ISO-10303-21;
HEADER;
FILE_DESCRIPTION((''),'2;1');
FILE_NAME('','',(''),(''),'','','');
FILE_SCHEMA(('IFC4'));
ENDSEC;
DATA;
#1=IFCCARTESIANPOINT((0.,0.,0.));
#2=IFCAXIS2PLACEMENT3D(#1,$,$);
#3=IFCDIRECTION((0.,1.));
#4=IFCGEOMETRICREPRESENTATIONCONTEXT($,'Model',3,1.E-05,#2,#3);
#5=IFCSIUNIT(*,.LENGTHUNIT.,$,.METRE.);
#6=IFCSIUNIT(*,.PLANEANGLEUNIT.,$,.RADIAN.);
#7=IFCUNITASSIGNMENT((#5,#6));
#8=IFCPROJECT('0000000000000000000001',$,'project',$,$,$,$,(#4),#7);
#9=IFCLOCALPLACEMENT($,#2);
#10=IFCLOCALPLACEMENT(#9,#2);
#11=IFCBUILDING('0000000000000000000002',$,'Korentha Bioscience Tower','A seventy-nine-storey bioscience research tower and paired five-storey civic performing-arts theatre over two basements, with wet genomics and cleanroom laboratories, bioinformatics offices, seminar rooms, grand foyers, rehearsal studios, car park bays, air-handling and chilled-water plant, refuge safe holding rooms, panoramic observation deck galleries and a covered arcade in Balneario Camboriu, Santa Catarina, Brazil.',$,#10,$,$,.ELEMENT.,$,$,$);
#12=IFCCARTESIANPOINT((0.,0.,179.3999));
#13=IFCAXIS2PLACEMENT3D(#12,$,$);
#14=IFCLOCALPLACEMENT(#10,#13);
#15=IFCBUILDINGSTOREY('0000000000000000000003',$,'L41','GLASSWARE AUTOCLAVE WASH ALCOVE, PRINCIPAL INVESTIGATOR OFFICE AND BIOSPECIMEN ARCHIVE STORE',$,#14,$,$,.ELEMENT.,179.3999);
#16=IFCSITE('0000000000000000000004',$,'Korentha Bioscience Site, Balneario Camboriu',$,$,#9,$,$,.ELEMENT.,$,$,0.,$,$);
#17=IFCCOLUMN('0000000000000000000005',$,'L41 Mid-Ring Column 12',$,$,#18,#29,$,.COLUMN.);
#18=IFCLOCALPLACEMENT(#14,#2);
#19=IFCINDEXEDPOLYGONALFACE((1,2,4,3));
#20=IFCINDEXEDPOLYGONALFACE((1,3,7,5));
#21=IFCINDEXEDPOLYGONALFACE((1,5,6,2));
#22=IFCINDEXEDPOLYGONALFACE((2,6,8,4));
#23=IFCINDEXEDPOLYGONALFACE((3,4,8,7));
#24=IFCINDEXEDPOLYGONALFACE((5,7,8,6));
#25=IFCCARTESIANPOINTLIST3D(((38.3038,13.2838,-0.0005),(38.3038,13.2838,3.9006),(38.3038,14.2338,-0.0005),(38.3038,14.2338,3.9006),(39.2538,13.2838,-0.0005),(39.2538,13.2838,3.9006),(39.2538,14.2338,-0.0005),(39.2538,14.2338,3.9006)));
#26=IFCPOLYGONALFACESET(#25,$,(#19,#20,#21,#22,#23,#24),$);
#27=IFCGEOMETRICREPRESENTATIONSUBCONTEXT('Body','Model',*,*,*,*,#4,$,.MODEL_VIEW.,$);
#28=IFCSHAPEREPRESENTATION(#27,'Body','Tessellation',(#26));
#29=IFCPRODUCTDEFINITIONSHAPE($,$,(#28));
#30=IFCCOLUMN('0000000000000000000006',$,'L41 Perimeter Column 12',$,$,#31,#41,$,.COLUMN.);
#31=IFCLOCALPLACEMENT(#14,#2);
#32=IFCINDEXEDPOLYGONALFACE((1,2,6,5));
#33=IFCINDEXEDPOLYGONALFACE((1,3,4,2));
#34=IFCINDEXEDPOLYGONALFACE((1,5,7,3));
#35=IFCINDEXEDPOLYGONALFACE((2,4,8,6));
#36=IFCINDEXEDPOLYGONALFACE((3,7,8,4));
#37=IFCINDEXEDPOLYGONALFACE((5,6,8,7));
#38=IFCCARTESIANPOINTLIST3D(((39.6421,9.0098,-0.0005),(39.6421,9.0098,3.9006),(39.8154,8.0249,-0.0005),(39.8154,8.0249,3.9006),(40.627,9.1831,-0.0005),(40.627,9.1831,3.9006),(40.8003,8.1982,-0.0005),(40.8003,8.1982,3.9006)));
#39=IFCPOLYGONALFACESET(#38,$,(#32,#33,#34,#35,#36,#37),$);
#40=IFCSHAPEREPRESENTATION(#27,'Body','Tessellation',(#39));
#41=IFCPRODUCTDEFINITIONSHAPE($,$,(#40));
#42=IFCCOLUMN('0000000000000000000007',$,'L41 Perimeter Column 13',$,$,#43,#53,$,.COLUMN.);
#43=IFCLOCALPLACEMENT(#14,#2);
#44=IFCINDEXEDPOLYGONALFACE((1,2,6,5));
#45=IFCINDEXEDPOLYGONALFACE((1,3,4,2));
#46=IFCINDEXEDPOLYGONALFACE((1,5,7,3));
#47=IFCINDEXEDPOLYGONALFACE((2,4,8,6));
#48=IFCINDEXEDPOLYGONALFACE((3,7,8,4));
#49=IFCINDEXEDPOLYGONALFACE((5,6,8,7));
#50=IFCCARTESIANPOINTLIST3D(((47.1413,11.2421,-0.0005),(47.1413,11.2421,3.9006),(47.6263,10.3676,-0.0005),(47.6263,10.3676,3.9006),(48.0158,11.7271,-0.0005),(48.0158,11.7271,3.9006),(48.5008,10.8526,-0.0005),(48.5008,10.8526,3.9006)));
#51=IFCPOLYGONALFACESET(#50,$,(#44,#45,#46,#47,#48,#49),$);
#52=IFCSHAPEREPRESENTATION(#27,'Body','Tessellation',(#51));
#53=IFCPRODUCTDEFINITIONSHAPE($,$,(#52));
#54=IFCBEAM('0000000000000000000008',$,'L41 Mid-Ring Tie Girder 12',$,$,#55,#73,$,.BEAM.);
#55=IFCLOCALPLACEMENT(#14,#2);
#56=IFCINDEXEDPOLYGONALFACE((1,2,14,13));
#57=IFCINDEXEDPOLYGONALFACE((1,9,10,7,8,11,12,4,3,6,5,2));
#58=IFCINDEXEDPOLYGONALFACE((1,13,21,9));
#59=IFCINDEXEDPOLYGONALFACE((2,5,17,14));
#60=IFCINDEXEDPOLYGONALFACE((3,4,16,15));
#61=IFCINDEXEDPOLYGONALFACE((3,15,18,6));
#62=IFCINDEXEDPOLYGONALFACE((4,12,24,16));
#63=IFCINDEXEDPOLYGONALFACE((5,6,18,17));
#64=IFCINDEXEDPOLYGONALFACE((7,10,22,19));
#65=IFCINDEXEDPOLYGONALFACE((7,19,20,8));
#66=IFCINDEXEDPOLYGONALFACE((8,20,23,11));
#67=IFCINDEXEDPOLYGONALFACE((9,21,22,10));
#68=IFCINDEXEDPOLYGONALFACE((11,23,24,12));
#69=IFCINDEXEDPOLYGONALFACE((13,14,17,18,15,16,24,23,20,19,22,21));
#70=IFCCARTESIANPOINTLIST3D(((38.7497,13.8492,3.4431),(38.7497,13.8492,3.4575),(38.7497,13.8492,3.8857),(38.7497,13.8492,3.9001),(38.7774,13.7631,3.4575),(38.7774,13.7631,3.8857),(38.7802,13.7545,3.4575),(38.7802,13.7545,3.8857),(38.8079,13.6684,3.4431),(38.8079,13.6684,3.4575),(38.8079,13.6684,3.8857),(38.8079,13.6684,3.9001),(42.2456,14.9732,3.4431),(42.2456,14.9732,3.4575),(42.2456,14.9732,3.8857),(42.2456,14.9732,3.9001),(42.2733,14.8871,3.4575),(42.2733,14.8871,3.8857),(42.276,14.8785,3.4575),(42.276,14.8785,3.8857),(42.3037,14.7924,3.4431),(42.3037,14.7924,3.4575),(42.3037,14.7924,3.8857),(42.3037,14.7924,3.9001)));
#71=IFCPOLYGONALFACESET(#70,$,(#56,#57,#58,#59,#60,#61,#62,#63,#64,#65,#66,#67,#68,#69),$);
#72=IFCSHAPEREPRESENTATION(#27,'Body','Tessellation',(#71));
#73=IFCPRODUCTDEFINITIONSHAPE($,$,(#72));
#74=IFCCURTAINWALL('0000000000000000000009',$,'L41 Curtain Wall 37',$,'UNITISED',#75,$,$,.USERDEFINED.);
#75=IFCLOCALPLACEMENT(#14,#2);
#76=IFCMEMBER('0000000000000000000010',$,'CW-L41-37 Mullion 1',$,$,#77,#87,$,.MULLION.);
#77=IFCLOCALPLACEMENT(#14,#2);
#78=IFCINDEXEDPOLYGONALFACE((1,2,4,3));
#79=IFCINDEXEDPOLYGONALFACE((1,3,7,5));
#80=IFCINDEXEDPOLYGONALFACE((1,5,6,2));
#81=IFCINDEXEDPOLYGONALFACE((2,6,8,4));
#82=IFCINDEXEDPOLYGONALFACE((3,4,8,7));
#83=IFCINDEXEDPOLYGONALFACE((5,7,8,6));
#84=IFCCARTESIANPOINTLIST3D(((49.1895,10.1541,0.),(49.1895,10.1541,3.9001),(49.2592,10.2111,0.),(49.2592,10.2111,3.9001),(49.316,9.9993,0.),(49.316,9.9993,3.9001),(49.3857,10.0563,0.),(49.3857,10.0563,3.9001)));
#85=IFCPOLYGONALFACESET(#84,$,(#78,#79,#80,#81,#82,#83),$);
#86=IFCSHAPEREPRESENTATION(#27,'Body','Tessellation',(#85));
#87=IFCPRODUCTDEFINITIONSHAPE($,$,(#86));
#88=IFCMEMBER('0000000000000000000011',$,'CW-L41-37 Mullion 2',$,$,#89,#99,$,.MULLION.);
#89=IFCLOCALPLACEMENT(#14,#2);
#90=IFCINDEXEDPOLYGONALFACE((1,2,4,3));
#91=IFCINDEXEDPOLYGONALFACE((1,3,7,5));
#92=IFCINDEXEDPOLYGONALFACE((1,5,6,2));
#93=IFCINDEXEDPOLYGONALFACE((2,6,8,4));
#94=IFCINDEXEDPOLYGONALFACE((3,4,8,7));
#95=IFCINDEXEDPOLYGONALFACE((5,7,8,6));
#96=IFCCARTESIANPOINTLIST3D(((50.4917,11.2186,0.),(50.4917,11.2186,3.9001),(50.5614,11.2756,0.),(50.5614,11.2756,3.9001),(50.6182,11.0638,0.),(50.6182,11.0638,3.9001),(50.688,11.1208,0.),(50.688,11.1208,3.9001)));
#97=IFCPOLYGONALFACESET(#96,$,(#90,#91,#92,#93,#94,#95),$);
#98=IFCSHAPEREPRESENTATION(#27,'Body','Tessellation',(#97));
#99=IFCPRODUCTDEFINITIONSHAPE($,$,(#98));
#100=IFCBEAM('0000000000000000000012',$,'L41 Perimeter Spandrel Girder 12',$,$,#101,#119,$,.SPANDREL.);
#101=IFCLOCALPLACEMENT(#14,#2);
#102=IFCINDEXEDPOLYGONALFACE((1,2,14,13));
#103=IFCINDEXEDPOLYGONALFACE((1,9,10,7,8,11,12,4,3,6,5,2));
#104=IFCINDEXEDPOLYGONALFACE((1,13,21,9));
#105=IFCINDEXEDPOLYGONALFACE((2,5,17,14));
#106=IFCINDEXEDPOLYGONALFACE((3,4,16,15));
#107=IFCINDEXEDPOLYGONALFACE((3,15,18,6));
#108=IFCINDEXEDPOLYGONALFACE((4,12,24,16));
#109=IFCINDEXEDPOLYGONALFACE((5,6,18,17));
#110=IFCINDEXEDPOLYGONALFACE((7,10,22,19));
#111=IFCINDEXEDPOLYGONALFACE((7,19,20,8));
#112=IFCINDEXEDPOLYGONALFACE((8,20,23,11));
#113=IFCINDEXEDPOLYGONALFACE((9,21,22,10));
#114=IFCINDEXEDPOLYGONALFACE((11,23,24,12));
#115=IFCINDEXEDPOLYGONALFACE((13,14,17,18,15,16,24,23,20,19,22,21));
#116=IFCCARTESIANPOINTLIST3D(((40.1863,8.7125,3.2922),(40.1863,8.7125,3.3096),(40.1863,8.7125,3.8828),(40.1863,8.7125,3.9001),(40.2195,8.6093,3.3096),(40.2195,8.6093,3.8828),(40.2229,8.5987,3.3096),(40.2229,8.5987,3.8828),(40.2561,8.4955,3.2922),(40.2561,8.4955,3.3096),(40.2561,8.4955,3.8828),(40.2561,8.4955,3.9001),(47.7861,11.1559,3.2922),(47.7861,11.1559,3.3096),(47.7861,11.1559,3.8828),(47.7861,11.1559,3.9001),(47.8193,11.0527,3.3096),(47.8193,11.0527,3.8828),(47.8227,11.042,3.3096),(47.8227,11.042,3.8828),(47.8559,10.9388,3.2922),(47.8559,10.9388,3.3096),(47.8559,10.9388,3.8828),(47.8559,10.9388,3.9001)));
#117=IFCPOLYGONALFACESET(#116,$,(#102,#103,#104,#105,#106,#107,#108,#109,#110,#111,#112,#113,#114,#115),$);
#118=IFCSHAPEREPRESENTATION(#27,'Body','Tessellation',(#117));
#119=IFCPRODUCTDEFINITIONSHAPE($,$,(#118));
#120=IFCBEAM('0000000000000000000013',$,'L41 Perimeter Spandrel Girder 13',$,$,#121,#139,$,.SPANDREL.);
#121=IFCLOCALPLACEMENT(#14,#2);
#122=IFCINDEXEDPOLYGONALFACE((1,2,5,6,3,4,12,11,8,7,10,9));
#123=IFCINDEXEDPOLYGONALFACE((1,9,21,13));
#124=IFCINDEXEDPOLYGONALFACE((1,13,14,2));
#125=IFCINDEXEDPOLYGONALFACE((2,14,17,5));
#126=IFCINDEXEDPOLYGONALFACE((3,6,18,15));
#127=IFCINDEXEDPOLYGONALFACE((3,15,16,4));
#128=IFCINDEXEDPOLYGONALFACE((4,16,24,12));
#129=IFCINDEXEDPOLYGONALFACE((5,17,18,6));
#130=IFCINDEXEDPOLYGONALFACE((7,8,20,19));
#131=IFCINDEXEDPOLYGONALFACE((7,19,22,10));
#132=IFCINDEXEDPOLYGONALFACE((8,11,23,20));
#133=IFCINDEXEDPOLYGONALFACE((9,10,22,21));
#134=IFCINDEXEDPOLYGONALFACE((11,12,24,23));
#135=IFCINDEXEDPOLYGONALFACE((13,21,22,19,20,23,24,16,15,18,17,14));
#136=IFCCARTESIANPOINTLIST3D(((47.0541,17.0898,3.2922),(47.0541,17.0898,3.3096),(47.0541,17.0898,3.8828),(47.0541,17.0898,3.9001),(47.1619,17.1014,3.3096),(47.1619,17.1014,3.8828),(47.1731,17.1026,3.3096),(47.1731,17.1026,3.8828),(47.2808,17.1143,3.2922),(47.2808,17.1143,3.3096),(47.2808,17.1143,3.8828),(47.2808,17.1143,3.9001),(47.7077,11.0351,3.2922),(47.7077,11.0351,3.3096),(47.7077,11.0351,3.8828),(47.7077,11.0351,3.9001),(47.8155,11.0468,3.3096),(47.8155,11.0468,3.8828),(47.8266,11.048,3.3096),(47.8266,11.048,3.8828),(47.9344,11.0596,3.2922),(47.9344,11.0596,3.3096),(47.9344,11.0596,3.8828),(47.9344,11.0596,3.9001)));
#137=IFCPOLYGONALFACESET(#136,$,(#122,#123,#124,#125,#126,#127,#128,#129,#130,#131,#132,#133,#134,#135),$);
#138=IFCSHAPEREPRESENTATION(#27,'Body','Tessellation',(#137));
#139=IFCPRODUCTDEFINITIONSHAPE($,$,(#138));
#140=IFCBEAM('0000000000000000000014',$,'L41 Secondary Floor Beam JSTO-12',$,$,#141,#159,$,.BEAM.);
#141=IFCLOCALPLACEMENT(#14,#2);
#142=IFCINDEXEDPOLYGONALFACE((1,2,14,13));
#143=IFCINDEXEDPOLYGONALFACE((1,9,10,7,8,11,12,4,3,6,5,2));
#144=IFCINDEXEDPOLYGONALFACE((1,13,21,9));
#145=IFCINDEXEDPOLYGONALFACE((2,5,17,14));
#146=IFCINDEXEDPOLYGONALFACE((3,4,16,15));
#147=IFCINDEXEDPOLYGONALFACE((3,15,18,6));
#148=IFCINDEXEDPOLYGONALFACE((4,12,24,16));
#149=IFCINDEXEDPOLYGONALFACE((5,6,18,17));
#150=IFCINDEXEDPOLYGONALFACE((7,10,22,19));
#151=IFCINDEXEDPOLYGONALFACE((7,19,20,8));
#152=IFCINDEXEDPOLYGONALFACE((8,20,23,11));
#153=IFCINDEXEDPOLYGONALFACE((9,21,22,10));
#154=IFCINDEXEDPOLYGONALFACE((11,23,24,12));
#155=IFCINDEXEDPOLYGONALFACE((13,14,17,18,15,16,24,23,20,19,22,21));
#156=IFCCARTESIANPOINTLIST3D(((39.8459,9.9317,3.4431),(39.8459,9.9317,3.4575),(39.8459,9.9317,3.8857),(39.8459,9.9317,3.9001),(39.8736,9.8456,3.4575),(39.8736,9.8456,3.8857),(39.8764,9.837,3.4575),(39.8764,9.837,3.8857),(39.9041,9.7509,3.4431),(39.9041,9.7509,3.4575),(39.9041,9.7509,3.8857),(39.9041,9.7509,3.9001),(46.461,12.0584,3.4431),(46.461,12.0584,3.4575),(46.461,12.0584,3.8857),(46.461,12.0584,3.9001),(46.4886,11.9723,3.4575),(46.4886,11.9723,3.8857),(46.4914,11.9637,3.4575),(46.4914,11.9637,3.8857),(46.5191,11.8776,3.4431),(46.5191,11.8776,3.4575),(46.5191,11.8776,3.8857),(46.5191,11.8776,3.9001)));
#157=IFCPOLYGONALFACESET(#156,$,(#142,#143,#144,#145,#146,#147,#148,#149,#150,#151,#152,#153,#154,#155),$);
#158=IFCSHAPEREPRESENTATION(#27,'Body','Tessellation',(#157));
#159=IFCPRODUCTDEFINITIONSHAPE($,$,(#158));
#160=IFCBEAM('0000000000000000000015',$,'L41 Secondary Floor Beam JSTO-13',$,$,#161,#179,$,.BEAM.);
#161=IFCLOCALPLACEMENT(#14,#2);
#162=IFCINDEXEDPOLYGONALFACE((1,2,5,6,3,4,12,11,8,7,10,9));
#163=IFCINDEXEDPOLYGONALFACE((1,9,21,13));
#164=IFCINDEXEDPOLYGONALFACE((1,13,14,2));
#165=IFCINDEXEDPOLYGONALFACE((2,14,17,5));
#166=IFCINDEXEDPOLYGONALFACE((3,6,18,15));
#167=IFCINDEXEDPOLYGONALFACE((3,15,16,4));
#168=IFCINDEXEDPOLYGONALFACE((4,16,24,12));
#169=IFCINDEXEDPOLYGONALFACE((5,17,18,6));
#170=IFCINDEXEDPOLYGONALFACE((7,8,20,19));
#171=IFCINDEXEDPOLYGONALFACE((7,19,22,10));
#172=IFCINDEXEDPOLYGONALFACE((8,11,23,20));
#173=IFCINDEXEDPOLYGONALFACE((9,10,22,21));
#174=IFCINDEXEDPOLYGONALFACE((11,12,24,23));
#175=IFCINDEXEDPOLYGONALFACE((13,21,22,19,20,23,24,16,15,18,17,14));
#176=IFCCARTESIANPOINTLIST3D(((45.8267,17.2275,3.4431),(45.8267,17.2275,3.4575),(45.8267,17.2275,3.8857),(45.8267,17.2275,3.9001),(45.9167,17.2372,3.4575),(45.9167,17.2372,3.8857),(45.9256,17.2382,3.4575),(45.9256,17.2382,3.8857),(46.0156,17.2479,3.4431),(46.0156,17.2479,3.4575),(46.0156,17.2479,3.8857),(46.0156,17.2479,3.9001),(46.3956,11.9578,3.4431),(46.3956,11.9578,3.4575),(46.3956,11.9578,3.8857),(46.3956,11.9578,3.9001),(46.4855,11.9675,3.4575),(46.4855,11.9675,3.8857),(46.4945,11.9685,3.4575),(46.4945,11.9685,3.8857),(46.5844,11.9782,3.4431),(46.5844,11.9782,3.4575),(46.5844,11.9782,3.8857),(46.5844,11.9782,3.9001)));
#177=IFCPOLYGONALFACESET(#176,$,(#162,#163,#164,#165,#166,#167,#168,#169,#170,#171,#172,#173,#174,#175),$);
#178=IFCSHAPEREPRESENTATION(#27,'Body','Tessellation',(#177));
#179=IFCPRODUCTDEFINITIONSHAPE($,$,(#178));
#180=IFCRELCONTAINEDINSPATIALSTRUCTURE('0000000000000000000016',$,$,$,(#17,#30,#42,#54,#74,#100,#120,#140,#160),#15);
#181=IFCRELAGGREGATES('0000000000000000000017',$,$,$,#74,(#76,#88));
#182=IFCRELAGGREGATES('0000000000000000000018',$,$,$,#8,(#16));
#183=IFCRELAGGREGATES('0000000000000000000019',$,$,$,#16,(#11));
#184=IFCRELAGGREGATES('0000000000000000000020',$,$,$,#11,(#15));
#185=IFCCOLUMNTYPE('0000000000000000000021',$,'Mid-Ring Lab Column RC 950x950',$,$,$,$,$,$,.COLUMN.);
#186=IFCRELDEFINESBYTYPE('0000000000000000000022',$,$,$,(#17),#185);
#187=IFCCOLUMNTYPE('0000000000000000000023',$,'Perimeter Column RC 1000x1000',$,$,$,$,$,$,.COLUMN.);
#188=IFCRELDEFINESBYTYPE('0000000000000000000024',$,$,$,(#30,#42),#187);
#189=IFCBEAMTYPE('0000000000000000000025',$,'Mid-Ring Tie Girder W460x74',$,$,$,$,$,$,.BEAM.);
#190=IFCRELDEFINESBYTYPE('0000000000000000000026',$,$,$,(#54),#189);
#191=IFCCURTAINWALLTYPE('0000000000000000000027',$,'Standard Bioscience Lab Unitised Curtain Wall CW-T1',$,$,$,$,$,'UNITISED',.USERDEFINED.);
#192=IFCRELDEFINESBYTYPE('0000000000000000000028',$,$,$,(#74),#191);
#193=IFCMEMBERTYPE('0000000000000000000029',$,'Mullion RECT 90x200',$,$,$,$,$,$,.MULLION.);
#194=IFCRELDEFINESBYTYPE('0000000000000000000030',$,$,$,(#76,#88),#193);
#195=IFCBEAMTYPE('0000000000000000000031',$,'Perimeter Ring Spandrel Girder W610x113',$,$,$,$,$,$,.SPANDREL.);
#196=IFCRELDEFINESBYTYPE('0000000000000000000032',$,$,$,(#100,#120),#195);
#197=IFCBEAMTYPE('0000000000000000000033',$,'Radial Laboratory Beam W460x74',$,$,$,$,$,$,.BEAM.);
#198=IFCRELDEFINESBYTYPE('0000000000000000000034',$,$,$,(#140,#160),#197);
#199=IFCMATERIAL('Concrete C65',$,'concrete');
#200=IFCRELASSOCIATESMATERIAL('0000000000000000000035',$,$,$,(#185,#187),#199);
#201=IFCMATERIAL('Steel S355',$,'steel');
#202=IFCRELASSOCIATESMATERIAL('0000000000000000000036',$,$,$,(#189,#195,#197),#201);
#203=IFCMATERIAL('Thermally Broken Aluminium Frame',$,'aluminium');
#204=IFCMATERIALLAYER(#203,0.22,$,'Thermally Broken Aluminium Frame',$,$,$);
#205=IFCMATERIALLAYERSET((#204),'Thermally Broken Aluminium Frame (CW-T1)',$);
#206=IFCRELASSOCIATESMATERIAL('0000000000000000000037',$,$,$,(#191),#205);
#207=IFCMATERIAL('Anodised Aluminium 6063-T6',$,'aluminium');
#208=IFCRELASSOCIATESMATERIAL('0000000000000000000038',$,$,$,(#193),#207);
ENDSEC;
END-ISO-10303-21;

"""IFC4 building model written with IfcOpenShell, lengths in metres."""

from ifc_helpers import new_model, si_unit, direction, frame, origin, origin_2d, place, context, subcontext, project, spatial, rectangle, i_section, extrude, material, layer, layer_set, material_profile, profile_set, type_object, element, aggregate, save


model = new_model("IFC4")

# Units and contexts
model_context = context("Model", 3, precision=1e-05, world=origin(), true_north=direction((0.0, 1.0)))
body_context = subcontext(model_context, "Body", "Model", "MODEL_VIEW")
ifc_project = project(units=[si_unit("LENGTHUNIT", "METRE"), si_unit("PLANEANGLEUNIT", "RADIAN")], contexts=[model_context])

# Site, building, storey
site_placement = place(None, origin())
site = spatial("IfcSite", under=ifc_project, at=site_placement, Name="Korentha Bioscience Site, Balneario Camboriu", CompositionType="ELEMENT", RefElevation=0.0)
building_placement = place(site_placement, origin())
building = spatial("IfcBuilding", under=site, at=building_placement, Name="Korentha Bioscience Tower", Description="A seventy-nine-storey bioscience research tower and paired five-storey civic performing-arts theatre over two basements, with wet genomics and cleanroom laboratories, bioinformatics offices, seminar rooms, grand foyers, rehearsal studios, car park bays, air-handling and chilled-water plant, refuge safe holding rooms, panoramic observation deck galleries and a covered arcade in Balneario Camboriu, Santa Catarina, Brazil.", CompositionType="ELEMENT")
storey_placement = place(building_placement, frame((0.0, 0.0, 179.3999)))
storey = spatial("IfcBuildingStorey", under=building, at=storey_placement, Name="L41", Description="GLASSWARE AUTOCLAVE WASH ALCOVE, PRINCIPAL INVESTIGATOR OFFICE AND BIOSPECIMEN ARCHIVE STORE", CompositionType="ELEMENT", Elevation=179.3999)

# Columns
ifc_material_1 = material(Name="Concrete C65", Category="concrete")
ifc_material_profile_1 = material_profile(ifc_material_1, rectangle(XDim=0.95, YDim=0.95, at=origin_2d()), Name="Concrete C65")
ifc_profile_set_1 = profile_set([ifc_material_profile_1], Name="Concrete C65 (COL-MR09)")
column_type_1 = type_object("IfcColumnType", Name="Mid-Ring Lab Column RC 950x950", PredefinedType="COLUMN", material=ifc_profile_set_1)
column_placement = place(storey_placement, frame((38.7788, 13.7588, -0.0005), z_axis=(0.0, 0.0, 1.0), x_axis=(1.0, 0.0, 0.0)))
element("IfcColumn", 1, at=column_placement, inside=storey, type_object=column_type_1, Name="L41 Mid-Ring Column 12", PredefinedType="COLUMN", context=body_context, shape_type="SweptSolid", body=[
    extrude(rectangle(XDim=0.95, YDim=0.95, at=origin_2d()), origin(), (0.0, 0.0, 1.0), 3.9011),
])
ifc_material_profile_2 = material_profile(ifc_material_1, rectangle(XDim=1.0, YDim=1.0, at=origin_2d()), Name="Concrete C65")
ifc_profile_set_2 = profile_set([ifc_material_profile_2], Name="Concrete C65 (COL-P10)")
column_type_2 = type_object("IfcColumnType", Name="Perimeter Column RC 1000x1000", PredefinedType="COLUMN", material=ifc_profile_set_2)
for number, where, z_axis, x_axis, name in (
    (2, (40.2212, 8.604, -0.0005), (0.0, 0.0, 1.0), (0.984868, 0.173304, 0.0), "L41 Perimeter Column 12"),
    (3, (47.821, 11.0474, -0.0005), (0.0, 0.0, 1.0), (0.874535, 0.484962, 0.0), "L41 Perimeter Column 13"),
):
    element("IfcColumn", number, at=place(storey_placement, frame(where, z_axis=z_axis, x_axis=x_axis)), inside=storey, type_object=column_type_2, Name=name, PredefinedType="COLUMN", context=body_context, shape_type="SweptSolid", body=[
        extrude(rectangle(XDim=1.0, YDim=1.0, at=origin_2d()), origin(), (0.0, 0.0, 1.0), 3.9011),
    ])

# Beam
ifc_material_2 = material(Name="Steel S355", Category="steel")
ifc_material_profile_3 = material_profile(ifc_material_2, i_section(OverallWidth=0.1899, OverallDepth=0.457, WebThickness=0.009, FlangeThickness=0.0144, at=origin_2d()), Name="Steel S355")
ifc_profile_set_3 = profile_set([ifc_material_profile_3], Name="Steel S355 (MB-460)")
beam_type_1 = type_object("IfcBeamType", Name="Mid-Ring Tie Girder W460x74", PredefinedType="BEAM", material=ifc_profile_set_3)
beam_1_placement = place(storey_placement, frame((38.7788, 13.7588, 3.6716), z_axis=(0.952, 0.306097, 0.0), x_axis=(-0.306097, 0.952, 0.0)))
element("IfcBeam", 4, at=beam_1_placement, inside=storey, type_object=beam_type_1, Name="L41 Mid-Ring Tie Girder 12", PredefinedType="BEAM", context=body_context, shape_type="SweptSolid", body=[
    extrude(i_section(OverallWidth=0.1899, OverallDepth=0.457, WebThickness=0.009, FlangeThickness=0.0144, at=origin_2d()), origin(), (0.0, 0.0, 1.0), 3.6721),
])

# Curtain wall, members
ifc_material_3 = material(Name="Thermally Broken Aluminium Frame", Category="aluminium")
ifc_layer_1 = layer(ifc_material_3, 0.22, Name="Thermally Broken Aluminium Frame")
ifc_layer_set_1 = layer_set([ifc_layer_1], Name="Thermally Broken Aluminium Frame (CW-T1)")
curtain_wall_type = type_object("IfcCurtainWallType", Name="Standard Bioscience Lab Unitised Curtain Wall CW-T1", ElementType="UNITISED", PredefinedType="USERDEFINED", material=ifc_layer_set_1)
curtain_wall_placement = place(storey_placement, origin())
curtain_wall = element("IfcCurtainWall", 5, at=curtain_wall_placement, inside=storey, type_object=curtain_wall_type, Name="L41 Curtain Wall 37", ObjectType="UNITISED", PredefinedType="USERDEFINED")
ifc_material_4 = material(Name="Anodised Aluminium 6063-T6", Category="aluminium")
ifc_material_profile_4 = material_profile(ifc_material_4, rectangle(XDim=0.0901, YDim=0.2, at=origin_2d()), Name="Anodised Aluminium 6063-T6")
ifc_profile_set_4 = profile_set([ifc_material_profile_4], Name="Anodised Aluminium 6063-T6 (CW-MUL)")
member_type_1 = type_object("IfcMemberType", Name="Mullion RECT 90x200", PredefinedType="MULLION", material=ifc_profile_set_4)
member_1_placement = place(storey_placement, frame((49.2876, 10.1052, 0.0), z_axis=(0.0, 0.0, 1.0), x_axis=(0.774256, 0.632872, 0.0)))
member_1 = element("IfcMember", 6, at=member_1_placement, type_object=member_type_1, Name="CW-L41-37 Mullion 1", PredefinedType="MULLION", context=body_context, shape_type="SweptSolid", body=[
    extrude(rectangle(XDim=0.0901, YDim=0.2, at=origin_2d()), origin(), (0.0, 0.0, 1.0), 3.9001),
])
member_2_placement = place(storey_placement, frame((50.5898, 11.1697, 0.0), z_axis=(0.0, 0.0, 1.0), x_axis=(0.774256, 0.632872, 0.0)))
member_2 = element("IfcMember", 7, at=member_2_placement, type_object=member_type_1, Name="CW-L41-37 Mullion 2", PredefinedType="MULLION", context=body_context, shape_type="SweptSolid", body=[
    extrude(rectangle(XDim=0.0901, YDim=0.2, at=origin_2d()), origin(), (0.0, 0.0, 1.0), 3.9001),
])

# Beams
ifc_material_profile_5 = material_profile(ifc_material_2, i_section(OverallWidth=0.228, OverallDepth=0.6079, WebThickness=0.0112, FlangeThickness=0.0173, at=origin_2d()), Name="Steel S355")
ifc_profile_set_5 = profile_set([ifc_material_profile_5], Name="Steel S355 (SB-610)")
beam_type_2 = type_object("IfcBeamType", Name="Perimeter Ring Spandrel Girder W610x113", PredefinedType="SPANDREL", material=ifc_profile_set_5)
beam_2_placement = place(storey_placement, frame((40.2212, 8.604, 3.5962), z_axis=(0.952009, 0.306072, 0.0), x_axis=(-0.306072, 0.952009, 0.0)))
element("IfcBeam", 8, at=beam_2_placement, inside=storey, type_object=beam_type_2, Name="L41 Perimeter Spandrel Girder 12", PredefinedType="SPANDREL", context=body_context, shape_type="SweptSolid", body=[
    extrude(i_section(OverallWidth=0.228, OverallDepth=0.6079, WebThickness=0.0112, FlangeThickness=0.0173, at=origin_2d()), origin(), (0.0, 0.0, 1.0), 7.9829),
])
beam_3_placement = place(storey_placement, frame((47.821, 11.0474, 3.5962), z_axis=(-0.10732, 0.994225, 0.0), x_axis=(-0.994225, -0.10732, 0.0)))
element("IfcBeam", 9, at=beam_3_placement, inside=storey, type_object=beam_type_2, Name="L41 Perimeter Spandrel Girder 13", PredefinedType="SPANDREL", context=body_context, shape_type="SweptSolid", body=[
    extrude(i_section(OverallWidth=0.228, OverallDepth=0.6079, WebThickness=0.0112, FlangeThickness=0.0173, at=origin_2d()), origin(), (0.0, 0.0, 1.0), 6.0898),
])
ifc_material_profile_6 = material_profile(ifc_material_2, i_section(OverallWidth=0.1899, OverallDepth=0.457, WebThickness=0.009, FlangeThickness=0.0144, at=origin_2d()), Name="Steel S355")
ifc_profile_set_6 = profile_set([ifc_material_profile_6], Name="Steel S355 (RB-460)")
beam_type_3 = type_object("IfcBeamType", Name="Radial Laboratory Beam W460x74", PredefinedType="BEAM", material=ifc_profile_set_6)
beam_4_placement = place(storey_placement, frame((39.875, 9.8413, 3.6716), z_axis=(0.952009, 0.306069, 0.0), x_axis=(-0.306069, 0.952009, 0.0)))
element("IfcBeam", 10, at=beam_4_placement, inside=storey, type_object=beam_type_3, Name="L41 Secondary Floor Beam JSTO-12", PredefinedType="BEAM", context=body_context, shape_type="SweptSolid", body=[
    extrude(i_section(OverallWidth=0.1899, OverallDepth=0.457, WebThickness=0.009, FlangeThickness=0.0144, at=origin_2d()), origin(), (0.0, 0.0, 1.0), 6.9485),
])
beam_5_placement = place(storey_placement, frame((46.49, 11.968, 3.6716), z_axis=(-0.107322, 0.994224, 0.0), x_axis=(-0.994224, -0.107322, 0.0)))
element("IfcBeam", 11, at=beam_5_placement, inside=storey, type_object=beam_type_3, Name="L41 Secondary Floor Beam JSTO-13", PredefinedType="BEAM", context=body_context, shape_type="SweptSolid", body=[
    extrude(i_section(OverallWidth=0.1899, OverallDepth=0.457, WebThickness=0.009, FlangeThickness=0.0144, at=origin_2d()), origin(), (0.0, 0.0, 1.0), 5.3003),
])

aggregate(curtain_wall, [member_1, member_2])

save(model, "model.ifc")
